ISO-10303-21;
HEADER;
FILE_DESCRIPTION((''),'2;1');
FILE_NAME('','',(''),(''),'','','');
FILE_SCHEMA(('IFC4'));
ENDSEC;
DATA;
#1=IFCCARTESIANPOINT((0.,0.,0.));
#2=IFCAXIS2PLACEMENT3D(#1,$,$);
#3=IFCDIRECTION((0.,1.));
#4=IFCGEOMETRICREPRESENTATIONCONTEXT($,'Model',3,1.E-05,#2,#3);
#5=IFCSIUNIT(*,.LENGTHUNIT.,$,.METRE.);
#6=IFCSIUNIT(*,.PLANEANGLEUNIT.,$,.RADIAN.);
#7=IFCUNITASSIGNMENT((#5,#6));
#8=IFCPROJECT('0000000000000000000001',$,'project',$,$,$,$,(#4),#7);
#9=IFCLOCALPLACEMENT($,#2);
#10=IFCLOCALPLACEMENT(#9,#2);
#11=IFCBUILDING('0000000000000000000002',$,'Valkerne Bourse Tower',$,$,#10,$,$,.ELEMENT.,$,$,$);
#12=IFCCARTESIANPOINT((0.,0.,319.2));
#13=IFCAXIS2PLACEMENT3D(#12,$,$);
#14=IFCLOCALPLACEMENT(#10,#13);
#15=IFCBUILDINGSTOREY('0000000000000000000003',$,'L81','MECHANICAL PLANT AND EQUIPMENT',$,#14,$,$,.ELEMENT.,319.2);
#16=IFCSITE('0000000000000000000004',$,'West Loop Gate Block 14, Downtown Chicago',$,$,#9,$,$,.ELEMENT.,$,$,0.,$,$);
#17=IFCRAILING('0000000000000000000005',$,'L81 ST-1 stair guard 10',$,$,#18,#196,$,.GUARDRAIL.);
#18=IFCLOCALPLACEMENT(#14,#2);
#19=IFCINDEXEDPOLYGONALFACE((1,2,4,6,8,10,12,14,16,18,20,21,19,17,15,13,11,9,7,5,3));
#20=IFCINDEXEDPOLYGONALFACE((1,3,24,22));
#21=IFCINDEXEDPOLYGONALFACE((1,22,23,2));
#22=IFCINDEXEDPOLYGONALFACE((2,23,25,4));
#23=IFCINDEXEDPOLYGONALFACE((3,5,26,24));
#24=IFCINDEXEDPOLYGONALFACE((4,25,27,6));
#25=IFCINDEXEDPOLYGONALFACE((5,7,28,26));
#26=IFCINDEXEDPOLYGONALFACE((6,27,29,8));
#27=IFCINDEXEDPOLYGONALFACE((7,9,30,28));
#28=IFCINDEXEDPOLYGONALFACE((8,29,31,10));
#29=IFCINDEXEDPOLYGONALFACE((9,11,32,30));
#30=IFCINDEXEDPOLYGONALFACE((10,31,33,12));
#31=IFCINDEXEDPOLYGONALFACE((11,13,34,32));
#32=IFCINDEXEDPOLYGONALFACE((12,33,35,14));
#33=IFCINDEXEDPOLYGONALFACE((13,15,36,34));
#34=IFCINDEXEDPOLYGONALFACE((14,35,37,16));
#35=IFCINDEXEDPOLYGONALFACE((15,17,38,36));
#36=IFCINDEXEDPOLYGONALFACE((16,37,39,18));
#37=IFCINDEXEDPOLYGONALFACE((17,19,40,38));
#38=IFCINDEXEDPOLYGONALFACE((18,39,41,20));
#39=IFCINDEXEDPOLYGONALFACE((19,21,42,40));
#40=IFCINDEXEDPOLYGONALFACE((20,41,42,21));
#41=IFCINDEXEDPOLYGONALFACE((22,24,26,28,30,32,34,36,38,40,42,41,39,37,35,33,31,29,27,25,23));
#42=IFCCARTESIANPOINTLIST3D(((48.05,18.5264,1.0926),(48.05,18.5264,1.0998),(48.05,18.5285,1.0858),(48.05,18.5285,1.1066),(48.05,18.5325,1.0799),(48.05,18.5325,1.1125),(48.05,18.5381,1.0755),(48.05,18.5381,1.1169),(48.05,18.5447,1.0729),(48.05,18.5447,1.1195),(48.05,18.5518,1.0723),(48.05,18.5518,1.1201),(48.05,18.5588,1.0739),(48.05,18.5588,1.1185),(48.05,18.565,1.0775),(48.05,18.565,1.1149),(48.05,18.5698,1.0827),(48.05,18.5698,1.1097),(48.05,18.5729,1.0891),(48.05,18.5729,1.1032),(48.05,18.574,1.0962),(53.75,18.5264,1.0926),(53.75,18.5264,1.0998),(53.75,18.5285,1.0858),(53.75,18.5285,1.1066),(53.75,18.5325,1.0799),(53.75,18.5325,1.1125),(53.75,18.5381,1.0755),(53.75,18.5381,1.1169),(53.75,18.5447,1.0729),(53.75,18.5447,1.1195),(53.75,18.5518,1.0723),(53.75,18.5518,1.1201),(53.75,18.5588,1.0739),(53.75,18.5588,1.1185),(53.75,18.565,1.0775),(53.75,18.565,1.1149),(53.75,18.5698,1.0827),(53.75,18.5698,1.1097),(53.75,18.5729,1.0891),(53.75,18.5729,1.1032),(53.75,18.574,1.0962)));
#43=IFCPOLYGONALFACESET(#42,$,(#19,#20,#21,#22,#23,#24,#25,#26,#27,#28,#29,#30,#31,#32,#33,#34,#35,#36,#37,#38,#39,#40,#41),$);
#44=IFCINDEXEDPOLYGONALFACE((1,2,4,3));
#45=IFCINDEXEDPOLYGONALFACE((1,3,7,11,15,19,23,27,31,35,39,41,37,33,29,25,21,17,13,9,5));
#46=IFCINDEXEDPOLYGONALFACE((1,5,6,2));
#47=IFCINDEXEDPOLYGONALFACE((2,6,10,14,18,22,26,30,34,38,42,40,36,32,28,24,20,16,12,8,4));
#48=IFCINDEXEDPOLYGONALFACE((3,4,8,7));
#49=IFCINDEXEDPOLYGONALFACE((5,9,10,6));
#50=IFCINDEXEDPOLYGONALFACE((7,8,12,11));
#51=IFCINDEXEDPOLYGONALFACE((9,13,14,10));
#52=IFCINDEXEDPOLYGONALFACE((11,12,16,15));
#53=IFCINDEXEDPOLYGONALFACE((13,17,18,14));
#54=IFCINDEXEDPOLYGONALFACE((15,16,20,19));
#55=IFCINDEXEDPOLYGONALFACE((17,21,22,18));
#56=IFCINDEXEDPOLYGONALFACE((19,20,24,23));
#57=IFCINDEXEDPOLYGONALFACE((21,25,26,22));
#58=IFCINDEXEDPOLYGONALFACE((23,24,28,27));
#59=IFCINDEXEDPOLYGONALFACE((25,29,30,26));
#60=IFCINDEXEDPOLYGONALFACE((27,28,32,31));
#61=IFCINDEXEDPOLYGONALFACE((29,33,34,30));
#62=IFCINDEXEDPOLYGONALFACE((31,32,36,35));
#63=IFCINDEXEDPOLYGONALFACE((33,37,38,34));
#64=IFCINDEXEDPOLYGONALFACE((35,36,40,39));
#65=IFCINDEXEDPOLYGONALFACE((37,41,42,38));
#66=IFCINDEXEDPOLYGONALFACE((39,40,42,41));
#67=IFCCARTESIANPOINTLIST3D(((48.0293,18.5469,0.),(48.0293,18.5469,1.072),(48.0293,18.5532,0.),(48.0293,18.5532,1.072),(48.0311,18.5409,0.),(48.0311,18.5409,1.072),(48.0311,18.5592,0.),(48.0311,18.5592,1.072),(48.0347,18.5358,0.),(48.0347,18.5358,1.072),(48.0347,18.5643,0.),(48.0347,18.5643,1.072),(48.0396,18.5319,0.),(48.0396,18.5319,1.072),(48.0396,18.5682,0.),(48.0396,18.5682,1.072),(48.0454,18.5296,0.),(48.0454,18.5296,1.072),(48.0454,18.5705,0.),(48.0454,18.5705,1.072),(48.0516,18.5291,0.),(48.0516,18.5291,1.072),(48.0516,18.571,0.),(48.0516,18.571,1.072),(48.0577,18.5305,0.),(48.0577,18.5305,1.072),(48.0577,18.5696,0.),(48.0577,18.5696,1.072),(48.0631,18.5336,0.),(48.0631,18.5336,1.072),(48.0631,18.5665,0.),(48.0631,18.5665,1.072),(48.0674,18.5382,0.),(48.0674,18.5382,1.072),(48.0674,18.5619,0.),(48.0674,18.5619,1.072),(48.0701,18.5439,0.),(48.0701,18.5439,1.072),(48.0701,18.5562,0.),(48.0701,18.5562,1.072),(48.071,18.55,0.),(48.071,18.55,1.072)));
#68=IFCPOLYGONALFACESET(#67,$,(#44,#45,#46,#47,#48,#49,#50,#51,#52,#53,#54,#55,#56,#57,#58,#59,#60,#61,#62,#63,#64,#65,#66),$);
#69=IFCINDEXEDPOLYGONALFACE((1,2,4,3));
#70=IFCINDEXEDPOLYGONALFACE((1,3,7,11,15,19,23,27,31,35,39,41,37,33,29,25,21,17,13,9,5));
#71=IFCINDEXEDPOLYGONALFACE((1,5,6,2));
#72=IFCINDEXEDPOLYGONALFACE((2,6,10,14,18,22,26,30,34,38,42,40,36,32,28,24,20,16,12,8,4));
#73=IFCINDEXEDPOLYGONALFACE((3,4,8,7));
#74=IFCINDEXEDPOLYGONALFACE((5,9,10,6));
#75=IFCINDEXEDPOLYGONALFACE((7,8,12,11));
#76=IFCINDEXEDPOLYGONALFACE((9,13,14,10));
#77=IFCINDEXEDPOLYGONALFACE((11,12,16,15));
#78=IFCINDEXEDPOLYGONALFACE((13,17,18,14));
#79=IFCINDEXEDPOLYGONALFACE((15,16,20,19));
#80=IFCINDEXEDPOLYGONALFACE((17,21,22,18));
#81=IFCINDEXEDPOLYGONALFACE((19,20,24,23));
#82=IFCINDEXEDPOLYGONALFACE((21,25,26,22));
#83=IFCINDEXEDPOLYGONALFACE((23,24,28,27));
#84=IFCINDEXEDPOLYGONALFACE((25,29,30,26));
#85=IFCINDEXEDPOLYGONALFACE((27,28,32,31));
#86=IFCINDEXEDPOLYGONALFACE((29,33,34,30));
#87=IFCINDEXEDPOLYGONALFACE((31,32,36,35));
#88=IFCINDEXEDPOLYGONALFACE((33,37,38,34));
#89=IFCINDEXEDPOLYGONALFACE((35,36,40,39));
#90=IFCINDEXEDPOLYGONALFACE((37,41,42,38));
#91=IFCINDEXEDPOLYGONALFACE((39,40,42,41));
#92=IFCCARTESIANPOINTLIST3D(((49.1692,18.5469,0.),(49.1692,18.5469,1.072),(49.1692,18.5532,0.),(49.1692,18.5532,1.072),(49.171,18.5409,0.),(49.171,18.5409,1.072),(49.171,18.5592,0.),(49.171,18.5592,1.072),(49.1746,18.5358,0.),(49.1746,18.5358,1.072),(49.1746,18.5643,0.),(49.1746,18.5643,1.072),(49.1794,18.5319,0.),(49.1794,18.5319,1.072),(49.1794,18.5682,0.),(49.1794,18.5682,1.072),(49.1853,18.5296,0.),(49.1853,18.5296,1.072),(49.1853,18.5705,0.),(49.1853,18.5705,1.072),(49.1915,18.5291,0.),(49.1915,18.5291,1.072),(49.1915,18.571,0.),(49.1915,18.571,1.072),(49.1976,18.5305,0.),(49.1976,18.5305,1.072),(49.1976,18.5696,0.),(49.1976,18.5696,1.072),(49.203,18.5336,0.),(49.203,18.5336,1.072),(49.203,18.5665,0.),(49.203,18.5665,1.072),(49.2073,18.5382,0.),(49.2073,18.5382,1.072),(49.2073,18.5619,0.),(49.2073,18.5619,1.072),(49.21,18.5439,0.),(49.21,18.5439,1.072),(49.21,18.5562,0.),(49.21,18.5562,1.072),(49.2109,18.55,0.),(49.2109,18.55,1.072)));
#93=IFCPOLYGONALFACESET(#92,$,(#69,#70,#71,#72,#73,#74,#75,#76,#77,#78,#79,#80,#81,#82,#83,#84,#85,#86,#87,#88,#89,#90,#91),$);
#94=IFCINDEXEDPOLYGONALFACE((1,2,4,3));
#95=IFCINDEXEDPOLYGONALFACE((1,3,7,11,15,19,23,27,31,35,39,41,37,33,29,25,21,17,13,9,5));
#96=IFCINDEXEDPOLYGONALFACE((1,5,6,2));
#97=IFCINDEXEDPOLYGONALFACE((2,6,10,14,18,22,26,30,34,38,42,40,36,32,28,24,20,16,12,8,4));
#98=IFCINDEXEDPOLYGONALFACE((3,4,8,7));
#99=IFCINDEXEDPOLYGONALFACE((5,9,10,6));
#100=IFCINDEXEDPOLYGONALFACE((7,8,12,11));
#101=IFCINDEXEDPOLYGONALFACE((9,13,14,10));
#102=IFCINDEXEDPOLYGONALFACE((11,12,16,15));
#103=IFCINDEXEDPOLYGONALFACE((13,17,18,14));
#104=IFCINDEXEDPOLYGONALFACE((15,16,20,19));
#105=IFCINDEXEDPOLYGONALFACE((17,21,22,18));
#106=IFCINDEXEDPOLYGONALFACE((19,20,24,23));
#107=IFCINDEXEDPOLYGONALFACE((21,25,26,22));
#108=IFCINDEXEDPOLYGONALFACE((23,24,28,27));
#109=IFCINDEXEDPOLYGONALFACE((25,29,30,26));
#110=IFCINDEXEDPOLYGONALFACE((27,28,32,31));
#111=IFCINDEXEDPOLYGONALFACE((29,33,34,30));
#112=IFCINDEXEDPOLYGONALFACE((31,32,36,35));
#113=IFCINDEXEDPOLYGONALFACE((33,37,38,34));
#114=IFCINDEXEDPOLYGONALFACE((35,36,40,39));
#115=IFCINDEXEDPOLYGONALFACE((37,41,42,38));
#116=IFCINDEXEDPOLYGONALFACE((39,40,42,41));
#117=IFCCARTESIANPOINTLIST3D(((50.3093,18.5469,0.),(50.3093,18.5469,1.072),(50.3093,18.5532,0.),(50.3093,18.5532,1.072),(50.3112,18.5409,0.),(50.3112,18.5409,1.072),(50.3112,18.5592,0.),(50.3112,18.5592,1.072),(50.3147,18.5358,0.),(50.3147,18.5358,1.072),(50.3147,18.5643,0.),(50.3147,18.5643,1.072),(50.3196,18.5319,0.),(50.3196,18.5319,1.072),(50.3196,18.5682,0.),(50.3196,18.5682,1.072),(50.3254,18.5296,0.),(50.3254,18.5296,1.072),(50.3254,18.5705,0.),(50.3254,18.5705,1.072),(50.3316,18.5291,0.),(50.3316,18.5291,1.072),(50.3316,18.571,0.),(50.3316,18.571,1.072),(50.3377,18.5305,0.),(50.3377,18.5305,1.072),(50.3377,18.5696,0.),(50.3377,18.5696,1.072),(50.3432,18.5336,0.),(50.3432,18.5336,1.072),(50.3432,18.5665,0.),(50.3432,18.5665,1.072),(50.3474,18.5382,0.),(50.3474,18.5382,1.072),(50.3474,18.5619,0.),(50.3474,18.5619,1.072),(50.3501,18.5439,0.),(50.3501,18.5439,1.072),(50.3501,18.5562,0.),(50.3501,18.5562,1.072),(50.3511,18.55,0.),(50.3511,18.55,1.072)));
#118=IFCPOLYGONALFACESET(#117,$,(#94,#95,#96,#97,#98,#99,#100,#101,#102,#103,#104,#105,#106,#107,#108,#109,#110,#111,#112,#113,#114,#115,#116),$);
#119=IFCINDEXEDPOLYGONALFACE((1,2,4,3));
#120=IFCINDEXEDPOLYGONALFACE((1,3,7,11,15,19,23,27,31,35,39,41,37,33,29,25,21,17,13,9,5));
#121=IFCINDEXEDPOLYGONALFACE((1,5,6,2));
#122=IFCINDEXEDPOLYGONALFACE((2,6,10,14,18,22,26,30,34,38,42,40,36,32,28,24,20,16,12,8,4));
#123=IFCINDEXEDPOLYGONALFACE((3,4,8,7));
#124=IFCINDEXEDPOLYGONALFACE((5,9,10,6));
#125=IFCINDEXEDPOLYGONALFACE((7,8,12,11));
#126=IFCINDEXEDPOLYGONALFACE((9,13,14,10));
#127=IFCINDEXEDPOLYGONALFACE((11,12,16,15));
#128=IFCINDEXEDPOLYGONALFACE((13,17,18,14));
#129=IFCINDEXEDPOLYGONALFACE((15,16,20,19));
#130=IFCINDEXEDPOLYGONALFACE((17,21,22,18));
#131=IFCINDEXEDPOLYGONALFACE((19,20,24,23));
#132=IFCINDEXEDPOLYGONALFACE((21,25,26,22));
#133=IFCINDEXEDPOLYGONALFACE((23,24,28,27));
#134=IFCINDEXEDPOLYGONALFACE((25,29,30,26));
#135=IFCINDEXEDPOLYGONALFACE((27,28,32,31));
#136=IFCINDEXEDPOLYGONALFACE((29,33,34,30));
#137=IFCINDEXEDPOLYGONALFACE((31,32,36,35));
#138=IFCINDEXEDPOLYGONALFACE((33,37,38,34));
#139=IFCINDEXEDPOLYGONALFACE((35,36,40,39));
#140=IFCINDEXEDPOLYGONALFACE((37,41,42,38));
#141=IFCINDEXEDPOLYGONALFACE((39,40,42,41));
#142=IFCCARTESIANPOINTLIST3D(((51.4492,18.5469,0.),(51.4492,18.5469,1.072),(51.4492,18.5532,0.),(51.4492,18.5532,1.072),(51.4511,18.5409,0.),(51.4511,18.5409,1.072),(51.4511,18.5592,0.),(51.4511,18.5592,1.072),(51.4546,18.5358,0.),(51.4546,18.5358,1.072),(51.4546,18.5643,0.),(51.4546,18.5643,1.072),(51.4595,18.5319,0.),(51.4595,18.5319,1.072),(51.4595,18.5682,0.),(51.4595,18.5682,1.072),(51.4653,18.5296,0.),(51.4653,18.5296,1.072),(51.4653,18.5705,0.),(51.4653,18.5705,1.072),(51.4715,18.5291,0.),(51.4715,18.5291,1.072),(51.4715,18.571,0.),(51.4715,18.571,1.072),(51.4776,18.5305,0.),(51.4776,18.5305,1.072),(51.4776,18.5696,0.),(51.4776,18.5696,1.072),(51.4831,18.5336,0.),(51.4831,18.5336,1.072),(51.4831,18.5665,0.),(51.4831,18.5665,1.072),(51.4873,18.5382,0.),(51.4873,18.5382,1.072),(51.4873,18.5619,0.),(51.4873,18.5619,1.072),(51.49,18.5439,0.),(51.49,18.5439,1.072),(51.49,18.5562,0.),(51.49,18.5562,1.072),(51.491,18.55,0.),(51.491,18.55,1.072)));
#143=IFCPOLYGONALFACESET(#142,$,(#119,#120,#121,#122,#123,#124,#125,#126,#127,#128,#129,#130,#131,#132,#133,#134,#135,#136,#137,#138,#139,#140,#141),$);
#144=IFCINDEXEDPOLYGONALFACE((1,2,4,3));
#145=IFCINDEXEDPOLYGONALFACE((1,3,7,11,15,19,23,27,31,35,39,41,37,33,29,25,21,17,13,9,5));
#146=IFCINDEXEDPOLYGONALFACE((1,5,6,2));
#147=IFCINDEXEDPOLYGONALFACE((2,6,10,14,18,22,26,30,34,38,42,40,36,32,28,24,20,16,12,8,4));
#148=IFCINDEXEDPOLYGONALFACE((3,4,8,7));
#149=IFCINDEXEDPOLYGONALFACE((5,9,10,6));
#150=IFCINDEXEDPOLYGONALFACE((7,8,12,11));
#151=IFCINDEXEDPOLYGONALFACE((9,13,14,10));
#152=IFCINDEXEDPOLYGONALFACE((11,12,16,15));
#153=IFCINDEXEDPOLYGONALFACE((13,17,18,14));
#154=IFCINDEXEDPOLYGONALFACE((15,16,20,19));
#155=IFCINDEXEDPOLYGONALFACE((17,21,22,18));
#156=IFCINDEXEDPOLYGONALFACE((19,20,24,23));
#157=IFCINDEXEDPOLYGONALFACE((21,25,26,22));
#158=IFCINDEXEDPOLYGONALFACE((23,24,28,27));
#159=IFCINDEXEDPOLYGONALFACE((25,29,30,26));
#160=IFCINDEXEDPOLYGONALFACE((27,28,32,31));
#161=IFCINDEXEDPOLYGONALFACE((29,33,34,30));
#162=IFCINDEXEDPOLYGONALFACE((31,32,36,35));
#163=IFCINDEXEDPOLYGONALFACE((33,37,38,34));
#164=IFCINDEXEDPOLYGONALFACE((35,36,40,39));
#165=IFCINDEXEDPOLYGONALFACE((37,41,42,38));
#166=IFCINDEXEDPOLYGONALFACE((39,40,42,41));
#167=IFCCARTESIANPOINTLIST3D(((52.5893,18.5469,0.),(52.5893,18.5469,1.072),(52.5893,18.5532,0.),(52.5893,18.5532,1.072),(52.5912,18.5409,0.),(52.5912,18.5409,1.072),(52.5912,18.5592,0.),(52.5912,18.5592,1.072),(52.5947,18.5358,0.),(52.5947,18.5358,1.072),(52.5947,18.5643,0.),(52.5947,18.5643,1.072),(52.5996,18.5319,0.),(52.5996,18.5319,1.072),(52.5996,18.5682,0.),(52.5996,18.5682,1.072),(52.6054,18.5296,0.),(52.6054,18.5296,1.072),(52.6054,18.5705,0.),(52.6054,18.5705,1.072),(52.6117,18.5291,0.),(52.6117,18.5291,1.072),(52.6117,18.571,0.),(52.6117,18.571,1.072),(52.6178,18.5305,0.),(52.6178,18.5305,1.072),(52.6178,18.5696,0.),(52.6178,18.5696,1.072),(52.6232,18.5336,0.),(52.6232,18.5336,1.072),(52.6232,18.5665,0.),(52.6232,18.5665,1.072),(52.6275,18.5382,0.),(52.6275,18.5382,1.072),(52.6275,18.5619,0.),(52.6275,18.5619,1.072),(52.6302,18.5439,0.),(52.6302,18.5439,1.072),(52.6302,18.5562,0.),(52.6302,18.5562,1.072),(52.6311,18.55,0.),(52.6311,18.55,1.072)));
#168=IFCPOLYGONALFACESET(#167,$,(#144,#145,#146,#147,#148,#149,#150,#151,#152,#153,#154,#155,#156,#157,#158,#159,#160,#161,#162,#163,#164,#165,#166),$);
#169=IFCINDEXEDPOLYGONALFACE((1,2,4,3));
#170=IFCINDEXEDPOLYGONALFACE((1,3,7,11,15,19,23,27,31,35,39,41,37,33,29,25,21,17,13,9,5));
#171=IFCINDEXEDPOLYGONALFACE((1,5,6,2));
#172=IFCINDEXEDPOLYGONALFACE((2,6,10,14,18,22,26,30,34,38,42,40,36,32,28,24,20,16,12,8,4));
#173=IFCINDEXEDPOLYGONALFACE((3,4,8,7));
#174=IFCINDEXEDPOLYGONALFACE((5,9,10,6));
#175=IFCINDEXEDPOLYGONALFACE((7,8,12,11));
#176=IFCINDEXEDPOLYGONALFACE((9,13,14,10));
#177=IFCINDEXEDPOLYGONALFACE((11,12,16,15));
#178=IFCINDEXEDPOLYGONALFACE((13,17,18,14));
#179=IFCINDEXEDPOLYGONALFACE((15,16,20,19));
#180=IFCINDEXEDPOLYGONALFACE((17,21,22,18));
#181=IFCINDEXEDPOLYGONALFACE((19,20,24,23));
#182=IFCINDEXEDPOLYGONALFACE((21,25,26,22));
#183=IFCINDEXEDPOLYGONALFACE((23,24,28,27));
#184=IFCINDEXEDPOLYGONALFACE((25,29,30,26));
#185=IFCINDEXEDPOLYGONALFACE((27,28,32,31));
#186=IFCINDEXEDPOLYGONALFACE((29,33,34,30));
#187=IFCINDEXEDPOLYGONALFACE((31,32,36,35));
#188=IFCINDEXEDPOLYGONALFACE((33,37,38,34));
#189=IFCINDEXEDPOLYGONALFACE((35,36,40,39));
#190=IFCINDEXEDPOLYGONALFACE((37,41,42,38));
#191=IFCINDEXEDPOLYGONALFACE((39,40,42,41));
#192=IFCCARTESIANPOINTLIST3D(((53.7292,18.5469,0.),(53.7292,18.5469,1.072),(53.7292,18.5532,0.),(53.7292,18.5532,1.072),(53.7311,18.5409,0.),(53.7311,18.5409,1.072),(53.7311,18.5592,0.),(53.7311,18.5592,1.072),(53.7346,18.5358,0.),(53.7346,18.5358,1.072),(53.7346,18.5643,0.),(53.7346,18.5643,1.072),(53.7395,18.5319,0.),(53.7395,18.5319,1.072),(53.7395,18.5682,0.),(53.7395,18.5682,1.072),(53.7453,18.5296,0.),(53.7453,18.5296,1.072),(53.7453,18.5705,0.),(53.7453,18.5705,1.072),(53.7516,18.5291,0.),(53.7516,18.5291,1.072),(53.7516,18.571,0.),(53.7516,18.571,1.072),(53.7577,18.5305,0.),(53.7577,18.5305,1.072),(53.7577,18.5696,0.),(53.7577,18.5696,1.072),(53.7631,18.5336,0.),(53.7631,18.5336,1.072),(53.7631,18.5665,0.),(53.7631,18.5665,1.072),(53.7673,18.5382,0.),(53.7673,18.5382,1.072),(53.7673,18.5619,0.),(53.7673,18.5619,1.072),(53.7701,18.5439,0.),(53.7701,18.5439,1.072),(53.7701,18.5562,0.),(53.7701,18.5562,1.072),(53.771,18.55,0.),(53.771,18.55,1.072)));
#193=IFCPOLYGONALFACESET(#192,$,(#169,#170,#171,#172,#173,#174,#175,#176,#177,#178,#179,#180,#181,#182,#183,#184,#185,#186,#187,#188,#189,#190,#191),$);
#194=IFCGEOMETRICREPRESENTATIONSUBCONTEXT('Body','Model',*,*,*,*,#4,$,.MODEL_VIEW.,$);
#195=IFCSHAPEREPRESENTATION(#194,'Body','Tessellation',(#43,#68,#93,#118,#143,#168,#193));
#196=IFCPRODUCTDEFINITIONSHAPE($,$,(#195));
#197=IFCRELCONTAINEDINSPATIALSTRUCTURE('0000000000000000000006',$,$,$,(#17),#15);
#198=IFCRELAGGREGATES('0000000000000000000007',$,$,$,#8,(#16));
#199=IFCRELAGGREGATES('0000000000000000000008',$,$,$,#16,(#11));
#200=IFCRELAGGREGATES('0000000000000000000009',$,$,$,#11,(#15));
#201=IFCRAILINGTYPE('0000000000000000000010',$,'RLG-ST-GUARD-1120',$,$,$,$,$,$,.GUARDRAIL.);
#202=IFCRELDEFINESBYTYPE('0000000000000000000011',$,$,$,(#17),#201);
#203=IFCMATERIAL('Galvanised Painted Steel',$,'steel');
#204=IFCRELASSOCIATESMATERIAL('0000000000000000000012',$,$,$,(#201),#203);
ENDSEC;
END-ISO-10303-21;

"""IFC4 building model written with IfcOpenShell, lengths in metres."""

from ifc_helpers import new_model, si_unit, direction, frame, origin, origin_2d, place, context, subcontext, project, spatial, circle, extrude, material, type_object, element, save


model = new_model("IFC4")

# Units and contexts
model_context = context("Model", 3, precision=1e-05, world=origin(), true_north=direction((0.0, 1.0)))
body_context = subcontext(model_context, "Body", "Model", "MODEL_VIEW")
ifc_project = project(units=[si_unit("LENGTHUNIT", "METRE"), si_unit("PLANEANGLEUNIT", "RADIAN")], contexts=[model_context])

# Site, building, storey
site_placement = place(None, origin())
site = spatial("IfcSite", under=ifc_project, at=site_placement, Name="West Loop Gate Block 14, Downtown Chicago", CompositionType="ELEMENT", RefElevation=0.0)
building_placement = place(site_placement, origin())
building = spatial("IfcBuilding", under=site, at=building_placement, Name="Valkerne Bourse Tower", CompositionType="ELEMENT")
storey_placement = place(building_placement, frame((0.0, 0.0, 319.2)))
storey = spatial("IfcBuildingStorey", under=building, at=storey_placement, Name="L81", Description="MECHANICAL PLANT AND EQUIPMENT", CompositionType="ELEMENT", Elevation=319.2)

# Railing
ifc_material_1 = material(Name="Galvanised Painted Steel", Category="steel")
railing_type_1 = type_object("IfcRailingType", Name="RLG-ST-GUARD-1120", PredefinedType="GUARDRAIL", material=ifc_material_1)
for number, where, name in (
    (1, (48.05, 18.55, 0.0), "L81 ST-1 stair guard 10"),
):
    element("IfcRailing", number, at=place(storey_placement, frame(where)), inside=storey, type_object=railing_type_1, Name=name, PredefinedType="GUARDRAIL", context=body_context, shape_type="SweptSolid", body=[
        extrude(circle(Radius=0.0239, at=origin_2d()), frame((0.0, 0.0, 1.0962), z_axis=(1.0, 0.0, 0.0), x_axis=(0.0, 1.0, 0.0)), (0.0, 0.0, 1.0), 5.7),
        extrude(circle(Radius=0.021, at=origin_2d()), origin(), (0.0, 0.0, 1.0), 1.072),
        extrude(circle(Radius=0.021, at=origin_2d()), frame((1.1399, 0.0, 0.0)), (0.0, 0.0, 1.0), 1.072),
        extrude(circle(Radius=0.021, at=origin_2d()), frame((2.28, 0.0, 0.0)), (0.0, 0.0, 1.0), 1.072),
        extrude(circle(Radius=0.021, at=origin_2d()), frame((3.4199, 0.0, 0.0)), (0.0, 0.0, 1.0), 1.072),
        extrude(circle(Radius=0.021, at=origin_2d()), frame((4.5601, 0.0, 0.0)), (0.0, 0.0, 1.0), 1.072),
        extrude(circle(Radius=0.021, at=origin_2d()), frame((5.7, 0.0, 0.0)), (0.0, 0.0, 1.0), 1.072),
    ])

save(model, "model.ifc")
